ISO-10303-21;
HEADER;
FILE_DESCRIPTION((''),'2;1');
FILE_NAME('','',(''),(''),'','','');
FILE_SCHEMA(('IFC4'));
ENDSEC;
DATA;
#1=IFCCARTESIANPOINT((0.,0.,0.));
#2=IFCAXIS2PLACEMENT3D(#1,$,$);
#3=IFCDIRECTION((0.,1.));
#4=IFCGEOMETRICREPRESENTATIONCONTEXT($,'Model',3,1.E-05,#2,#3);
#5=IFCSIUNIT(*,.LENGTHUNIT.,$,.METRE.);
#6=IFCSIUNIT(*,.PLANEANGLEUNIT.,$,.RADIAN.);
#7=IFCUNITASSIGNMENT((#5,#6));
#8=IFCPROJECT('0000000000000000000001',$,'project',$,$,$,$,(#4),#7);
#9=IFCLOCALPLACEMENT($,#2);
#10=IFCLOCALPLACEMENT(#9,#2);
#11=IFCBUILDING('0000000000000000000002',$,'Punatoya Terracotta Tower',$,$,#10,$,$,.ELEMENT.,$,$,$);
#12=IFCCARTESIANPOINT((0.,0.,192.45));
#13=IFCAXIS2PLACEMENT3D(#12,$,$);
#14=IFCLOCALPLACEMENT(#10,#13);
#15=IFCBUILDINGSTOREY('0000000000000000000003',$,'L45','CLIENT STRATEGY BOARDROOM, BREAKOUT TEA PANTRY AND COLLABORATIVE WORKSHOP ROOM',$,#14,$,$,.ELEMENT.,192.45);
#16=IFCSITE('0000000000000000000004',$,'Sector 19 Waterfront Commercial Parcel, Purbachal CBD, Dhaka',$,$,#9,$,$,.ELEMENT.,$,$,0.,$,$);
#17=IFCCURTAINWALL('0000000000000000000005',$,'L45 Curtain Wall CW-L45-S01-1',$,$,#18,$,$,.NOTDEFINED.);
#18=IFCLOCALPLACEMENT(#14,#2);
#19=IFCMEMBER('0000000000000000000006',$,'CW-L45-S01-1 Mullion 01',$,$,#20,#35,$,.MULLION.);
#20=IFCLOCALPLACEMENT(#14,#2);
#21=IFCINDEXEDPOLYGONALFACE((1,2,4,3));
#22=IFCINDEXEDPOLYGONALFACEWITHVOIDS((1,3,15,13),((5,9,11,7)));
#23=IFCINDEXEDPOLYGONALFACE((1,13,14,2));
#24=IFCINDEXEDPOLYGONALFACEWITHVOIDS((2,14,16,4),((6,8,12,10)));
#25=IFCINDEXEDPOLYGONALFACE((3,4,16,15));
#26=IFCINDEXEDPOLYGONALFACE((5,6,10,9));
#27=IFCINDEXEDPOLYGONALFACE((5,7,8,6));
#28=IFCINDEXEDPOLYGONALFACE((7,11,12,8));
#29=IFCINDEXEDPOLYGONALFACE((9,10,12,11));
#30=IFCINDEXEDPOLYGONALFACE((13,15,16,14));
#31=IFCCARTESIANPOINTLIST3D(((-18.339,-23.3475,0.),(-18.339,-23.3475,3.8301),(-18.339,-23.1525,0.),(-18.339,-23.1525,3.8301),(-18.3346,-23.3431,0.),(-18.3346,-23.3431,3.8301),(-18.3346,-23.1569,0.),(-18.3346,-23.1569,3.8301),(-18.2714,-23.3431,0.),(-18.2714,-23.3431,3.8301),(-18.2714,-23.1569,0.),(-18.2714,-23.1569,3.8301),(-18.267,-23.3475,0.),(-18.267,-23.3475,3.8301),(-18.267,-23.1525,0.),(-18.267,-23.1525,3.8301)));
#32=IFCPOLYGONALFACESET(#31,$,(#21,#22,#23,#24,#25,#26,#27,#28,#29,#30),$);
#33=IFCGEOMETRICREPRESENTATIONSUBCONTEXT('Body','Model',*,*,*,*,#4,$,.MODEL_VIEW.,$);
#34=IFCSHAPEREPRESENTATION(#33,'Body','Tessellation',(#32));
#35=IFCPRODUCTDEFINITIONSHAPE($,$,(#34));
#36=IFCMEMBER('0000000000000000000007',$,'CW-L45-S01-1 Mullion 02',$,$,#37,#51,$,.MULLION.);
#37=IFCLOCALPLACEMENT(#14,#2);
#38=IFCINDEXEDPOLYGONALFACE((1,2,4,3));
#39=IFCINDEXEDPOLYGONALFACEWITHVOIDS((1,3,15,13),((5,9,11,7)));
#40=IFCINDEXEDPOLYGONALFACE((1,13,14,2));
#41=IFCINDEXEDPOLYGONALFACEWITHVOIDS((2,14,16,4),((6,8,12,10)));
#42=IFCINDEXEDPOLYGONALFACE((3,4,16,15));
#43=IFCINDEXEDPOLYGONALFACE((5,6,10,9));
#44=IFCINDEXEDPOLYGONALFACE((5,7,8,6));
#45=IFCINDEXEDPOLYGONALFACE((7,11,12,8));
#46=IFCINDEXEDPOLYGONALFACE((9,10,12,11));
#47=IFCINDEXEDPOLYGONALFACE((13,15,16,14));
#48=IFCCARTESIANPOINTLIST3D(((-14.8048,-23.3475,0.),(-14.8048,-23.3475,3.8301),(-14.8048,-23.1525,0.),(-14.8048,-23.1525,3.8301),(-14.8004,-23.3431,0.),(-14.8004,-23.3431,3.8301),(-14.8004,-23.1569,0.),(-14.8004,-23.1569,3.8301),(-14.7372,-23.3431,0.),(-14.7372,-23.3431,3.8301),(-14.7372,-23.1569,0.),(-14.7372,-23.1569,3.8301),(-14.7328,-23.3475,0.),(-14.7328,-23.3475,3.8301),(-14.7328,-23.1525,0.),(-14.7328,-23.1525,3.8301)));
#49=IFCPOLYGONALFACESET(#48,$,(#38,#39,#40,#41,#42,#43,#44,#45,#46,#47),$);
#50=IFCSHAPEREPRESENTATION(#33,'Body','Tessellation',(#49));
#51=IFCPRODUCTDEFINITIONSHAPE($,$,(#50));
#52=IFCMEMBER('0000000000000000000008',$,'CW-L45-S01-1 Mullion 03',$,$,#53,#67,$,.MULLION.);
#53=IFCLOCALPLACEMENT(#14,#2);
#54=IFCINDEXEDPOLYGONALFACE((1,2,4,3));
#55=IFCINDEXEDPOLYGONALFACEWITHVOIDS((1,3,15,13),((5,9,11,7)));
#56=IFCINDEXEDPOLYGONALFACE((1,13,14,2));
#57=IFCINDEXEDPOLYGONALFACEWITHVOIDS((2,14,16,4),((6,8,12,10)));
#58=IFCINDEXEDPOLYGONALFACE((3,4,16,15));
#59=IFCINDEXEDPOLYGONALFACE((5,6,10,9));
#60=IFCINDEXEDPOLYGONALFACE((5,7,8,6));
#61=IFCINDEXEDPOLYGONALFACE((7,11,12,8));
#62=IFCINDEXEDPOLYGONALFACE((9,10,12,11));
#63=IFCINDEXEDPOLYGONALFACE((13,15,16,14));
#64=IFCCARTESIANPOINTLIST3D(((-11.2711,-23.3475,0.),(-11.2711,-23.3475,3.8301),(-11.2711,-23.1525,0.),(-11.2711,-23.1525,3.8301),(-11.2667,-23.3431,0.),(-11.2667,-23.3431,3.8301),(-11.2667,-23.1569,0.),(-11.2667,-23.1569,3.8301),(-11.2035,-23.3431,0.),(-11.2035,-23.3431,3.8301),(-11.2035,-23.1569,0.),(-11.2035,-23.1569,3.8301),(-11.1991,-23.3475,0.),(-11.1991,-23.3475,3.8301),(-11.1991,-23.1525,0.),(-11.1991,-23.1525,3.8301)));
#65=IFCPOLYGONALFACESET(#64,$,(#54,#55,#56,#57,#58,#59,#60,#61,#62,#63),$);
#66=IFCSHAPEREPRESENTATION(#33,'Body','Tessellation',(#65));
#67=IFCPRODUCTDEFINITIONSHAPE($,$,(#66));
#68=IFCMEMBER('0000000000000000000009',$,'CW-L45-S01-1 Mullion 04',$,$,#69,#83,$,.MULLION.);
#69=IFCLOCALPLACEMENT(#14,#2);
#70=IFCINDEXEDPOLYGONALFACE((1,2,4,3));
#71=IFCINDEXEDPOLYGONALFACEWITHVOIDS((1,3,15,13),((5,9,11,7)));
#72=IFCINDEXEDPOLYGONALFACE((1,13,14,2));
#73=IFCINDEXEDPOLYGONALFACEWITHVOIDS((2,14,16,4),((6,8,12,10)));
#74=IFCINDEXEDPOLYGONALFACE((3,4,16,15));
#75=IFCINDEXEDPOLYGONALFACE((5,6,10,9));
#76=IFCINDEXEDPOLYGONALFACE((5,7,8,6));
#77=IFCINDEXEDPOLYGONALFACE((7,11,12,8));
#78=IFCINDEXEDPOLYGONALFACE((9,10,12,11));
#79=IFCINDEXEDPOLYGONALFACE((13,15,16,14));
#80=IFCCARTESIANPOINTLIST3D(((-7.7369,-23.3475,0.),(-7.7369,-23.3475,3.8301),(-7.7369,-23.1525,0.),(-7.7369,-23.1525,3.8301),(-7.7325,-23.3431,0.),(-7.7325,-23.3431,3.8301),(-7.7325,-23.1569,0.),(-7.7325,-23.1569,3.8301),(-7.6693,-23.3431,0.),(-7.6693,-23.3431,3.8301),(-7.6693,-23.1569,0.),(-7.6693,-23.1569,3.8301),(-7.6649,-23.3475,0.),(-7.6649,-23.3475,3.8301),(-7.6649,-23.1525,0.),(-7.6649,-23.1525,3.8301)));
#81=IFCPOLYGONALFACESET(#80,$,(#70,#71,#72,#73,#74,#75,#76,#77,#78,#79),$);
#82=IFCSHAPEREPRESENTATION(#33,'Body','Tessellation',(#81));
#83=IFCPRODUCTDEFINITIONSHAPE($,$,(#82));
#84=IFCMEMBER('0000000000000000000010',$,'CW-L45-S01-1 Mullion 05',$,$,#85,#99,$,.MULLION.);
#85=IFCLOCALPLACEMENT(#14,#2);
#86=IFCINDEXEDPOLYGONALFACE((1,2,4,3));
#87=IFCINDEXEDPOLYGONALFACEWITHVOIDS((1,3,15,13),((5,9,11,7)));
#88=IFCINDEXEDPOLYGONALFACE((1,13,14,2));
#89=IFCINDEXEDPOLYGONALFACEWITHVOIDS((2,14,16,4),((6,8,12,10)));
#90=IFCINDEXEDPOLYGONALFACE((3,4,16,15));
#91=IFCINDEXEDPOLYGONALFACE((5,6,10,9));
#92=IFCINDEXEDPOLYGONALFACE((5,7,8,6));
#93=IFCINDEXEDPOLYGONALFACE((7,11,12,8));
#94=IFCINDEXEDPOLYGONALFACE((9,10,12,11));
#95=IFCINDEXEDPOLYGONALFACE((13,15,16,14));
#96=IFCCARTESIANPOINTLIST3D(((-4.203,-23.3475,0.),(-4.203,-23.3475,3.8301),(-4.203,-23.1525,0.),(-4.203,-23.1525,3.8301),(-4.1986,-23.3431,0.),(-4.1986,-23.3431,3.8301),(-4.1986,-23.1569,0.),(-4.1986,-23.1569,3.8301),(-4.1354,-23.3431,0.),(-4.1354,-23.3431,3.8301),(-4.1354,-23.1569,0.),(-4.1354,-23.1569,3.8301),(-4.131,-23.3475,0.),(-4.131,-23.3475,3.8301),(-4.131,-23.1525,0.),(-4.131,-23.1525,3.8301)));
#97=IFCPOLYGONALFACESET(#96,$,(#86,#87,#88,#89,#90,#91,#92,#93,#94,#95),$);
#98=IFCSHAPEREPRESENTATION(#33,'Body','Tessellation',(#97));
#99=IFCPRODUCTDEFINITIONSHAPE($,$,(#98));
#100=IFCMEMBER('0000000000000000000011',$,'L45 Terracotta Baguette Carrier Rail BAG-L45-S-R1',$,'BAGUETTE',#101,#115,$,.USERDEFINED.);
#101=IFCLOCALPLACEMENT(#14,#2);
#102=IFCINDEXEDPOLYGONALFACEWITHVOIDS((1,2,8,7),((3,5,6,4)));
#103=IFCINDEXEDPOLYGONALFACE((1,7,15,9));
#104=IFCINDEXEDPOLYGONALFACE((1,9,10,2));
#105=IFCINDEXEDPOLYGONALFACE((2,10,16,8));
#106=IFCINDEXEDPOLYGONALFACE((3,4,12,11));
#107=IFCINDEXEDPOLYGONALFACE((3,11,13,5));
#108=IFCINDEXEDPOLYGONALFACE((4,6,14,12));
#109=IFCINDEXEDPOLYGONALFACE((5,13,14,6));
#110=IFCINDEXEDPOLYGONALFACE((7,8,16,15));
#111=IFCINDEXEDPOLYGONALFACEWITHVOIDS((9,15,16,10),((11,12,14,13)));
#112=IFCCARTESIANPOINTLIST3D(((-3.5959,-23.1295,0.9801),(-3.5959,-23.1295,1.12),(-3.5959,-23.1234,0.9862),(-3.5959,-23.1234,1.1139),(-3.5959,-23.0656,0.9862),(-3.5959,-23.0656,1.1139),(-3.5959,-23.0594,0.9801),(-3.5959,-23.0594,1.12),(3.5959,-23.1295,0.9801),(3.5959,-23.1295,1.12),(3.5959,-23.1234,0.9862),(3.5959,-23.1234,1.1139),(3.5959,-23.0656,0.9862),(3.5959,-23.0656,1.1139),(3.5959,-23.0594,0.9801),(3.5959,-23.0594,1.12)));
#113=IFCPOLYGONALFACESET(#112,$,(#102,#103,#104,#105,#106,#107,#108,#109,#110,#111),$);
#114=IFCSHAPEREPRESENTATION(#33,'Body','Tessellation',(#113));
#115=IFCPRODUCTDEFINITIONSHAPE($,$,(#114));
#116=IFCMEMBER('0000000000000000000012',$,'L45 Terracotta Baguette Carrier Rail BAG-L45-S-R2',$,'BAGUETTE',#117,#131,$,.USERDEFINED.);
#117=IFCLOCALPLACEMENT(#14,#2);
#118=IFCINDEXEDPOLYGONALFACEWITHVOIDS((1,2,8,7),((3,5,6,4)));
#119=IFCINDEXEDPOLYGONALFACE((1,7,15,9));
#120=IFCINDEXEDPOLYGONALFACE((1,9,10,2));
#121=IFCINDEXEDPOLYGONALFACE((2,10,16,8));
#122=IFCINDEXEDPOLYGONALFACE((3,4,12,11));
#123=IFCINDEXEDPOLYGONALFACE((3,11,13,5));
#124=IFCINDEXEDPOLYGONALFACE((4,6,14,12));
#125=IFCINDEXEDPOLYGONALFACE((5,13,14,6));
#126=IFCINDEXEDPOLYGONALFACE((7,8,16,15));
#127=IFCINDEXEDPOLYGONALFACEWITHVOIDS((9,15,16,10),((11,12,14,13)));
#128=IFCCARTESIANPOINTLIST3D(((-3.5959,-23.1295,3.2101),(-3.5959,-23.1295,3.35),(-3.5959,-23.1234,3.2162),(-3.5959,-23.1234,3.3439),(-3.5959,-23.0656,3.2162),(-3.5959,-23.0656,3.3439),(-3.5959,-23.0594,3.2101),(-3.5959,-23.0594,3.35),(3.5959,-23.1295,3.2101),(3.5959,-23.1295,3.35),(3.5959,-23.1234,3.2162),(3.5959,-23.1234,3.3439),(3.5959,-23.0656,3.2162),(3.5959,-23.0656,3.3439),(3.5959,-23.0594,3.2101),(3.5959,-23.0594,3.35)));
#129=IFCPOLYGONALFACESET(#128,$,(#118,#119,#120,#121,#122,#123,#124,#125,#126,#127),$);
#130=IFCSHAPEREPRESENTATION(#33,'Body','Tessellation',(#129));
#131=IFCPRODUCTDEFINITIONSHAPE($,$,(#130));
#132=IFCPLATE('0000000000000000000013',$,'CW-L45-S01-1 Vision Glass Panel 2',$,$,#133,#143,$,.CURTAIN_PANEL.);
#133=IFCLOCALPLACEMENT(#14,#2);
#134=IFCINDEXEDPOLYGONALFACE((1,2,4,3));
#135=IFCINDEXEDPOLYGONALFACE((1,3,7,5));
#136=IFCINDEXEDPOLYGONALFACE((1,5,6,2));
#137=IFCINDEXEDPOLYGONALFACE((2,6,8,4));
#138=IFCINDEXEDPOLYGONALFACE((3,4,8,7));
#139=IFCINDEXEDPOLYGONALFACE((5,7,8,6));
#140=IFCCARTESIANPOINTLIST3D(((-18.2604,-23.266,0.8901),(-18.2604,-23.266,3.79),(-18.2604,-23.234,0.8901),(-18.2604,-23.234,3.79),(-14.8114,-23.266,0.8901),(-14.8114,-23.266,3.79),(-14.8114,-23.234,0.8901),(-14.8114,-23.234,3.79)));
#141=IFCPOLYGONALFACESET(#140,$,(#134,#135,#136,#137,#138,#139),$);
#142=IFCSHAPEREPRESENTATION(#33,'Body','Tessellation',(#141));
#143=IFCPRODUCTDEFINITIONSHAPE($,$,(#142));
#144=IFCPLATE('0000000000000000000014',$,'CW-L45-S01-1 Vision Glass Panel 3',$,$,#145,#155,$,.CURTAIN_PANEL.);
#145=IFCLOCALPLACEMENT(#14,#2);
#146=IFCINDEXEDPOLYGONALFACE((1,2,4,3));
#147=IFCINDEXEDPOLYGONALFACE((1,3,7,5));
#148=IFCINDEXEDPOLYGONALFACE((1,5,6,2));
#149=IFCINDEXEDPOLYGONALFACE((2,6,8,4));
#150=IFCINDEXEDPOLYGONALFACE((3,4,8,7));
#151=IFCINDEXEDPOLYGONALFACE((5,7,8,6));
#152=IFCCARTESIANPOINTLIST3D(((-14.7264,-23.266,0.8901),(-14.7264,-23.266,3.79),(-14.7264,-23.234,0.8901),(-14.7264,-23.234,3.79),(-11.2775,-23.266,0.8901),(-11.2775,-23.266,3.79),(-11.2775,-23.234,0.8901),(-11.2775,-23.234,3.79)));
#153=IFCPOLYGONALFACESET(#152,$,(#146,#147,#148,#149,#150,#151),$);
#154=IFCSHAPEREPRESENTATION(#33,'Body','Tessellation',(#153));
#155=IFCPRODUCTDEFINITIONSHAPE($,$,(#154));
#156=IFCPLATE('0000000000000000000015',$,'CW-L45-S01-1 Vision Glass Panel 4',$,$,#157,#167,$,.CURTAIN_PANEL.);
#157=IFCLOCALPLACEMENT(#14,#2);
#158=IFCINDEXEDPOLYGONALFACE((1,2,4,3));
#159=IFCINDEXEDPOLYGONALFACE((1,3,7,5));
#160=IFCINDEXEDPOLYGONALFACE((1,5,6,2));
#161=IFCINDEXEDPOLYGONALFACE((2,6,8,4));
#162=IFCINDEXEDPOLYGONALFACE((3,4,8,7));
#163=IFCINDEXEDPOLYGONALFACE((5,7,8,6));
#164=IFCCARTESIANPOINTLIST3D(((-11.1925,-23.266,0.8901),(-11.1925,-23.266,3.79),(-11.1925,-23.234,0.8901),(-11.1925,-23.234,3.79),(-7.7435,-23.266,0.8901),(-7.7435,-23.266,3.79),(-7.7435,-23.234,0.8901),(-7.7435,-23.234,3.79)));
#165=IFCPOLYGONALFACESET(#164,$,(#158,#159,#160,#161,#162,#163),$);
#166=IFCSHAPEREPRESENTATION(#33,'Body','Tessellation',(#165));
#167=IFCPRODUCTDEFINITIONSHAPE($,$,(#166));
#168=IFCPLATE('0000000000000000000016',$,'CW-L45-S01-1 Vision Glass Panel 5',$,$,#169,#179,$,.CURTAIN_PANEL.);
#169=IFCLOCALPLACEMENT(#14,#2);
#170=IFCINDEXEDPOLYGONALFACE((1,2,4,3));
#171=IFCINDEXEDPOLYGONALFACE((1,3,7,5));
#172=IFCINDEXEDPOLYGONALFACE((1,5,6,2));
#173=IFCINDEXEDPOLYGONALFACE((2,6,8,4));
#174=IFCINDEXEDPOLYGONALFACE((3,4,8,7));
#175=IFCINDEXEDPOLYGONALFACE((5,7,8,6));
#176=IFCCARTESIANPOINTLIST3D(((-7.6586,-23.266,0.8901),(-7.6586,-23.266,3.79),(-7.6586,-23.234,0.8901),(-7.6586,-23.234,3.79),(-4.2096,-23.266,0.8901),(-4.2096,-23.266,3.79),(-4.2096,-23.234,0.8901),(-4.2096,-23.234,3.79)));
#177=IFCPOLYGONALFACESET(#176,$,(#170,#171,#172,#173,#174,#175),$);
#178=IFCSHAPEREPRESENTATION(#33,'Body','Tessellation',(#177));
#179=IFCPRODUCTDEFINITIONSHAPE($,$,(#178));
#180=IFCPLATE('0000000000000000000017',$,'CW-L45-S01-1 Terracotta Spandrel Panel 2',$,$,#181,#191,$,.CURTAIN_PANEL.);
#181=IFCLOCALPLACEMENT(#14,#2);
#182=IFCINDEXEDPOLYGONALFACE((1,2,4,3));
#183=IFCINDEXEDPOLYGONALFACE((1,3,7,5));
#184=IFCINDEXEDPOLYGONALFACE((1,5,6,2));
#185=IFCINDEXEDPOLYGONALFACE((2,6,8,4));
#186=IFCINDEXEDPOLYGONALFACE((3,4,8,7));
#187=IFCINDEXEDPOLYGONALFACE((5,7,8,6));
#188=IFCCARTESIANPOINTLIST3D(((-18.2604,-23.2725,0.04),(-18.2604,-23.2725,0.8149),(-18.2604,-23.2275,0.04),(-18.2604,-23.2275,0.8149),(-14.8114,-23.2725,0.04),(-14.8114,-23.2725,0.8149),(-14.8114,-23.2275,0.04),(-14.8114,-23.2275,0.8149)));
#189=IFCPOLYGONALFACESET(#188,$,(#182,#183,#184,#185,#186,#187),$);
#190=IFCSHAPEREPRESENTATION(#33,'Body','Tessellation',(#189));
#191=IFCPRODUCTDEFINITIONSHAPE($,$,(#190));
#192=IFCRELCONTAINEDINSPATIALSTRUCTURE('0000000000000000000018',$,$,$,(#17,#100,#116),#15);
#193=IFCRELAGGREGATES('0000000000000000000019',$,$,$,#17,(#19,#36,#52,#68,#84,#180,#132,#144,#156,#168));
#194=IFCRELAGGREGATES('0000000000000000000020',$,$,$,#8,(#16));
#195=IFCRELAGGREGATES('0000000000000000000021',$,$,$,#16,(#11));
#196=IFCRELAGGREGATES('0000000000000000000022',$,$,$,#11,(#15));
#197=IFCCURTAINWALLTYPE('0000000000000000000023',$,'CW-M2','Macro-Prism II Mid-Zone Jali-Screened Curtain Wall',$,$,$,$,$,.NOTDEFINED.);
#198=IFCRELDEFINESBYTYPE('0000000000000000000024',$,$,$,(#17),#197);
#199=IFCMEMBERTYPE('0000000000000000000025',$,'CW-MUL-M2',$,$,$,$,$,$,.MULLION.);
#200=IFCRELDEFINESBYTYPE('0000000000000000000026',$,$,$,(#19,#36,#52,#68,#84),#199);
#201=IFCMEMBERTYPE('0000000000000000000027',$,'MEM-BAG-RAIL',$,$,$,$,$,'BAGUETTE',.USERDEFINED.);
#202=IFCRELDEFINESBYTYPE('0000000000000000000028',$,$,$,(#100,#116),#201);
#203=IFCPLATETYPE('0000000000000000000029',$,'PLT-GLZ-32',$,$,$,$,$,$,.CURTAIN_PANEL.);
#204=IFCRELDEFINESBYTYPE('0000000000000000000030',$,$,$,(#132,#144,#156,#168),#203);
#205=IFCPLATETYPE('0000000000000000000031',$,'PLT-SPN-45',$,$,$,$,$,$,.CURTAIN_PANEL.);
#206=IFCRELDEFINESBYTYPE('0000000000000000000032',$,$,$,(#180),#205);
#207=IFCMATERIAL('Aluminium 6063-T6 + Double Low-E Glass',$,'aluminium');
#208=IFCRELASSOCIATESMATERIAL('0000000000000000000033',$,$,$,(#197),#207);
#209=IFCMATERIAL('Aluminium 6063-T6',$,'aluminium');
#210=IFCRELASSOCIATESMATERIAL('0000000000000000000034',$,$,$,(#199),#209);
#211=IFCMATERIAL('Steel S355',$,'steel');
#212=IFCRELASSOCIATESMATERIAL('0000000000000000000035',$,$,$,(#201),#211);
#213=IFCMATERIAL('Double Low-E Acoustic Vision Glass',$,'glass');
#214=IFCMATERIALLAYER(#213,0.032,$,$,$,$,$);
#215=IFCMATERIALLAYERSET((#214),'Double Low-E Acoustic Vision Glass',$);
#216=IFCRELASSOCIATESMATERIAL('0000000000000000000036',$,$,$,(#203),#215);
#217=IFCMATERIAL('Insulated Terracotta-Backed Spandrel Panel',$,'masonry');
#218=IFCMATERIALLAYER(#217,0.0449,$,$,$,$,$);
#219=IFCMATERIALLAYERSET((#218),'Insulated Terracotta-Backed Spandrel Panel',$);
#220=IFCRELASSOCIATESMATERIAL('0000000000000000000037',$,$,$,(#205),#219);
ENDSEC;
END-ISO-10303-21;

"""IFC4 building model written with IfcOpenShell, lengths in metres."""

from ifc_helpers import new_model, si_unit, direction, frame, origin, origin_2d, place, context, subcontext, project, spatial, rectangle, hollow_rectangle, extrude, material, layer, layer_set, material_profile, profile_set, type_object, element, aggregate, save


model = new_model("IFC4")

# Units and contexts
model_context = context("Model", 3, precision=1e-05, world=origin(), true_north=direction((0.0, 1.0)))
body_context = subcontext(model_context, "Body", "Model", "MODEL_VIEW")
ifc_project = project(units=[si_unit("LENGTHUNIT", "METRE"), si_unit("PLANEANGLEUNIT", "RADIAN")], contexts=[model_context])

# Site, building, storey
site_placement = place(None, origin())
site = spatial("IfcSite", under=ifc_project, at=site_placement, Name="Sector 19 Waterfront Commercial Parcel, Purbachal CBD, Dhaka", CompositionType="ELEMENT", RefElevation=0.0)
building_placement = place(site_placement, origin())
building = spatial("IfcBuilding", under=site, at=building_placement, Name="Punatoya Terracotta Tower", CompositionType="ELEMENT")
storey_placement = place(building_placement, frame((0.0, 0.0, 192.45)))
storey = spatial("IfcBuildingStorey", under=building, at=storey_placement, Name="L45", Description="CLIENT STRATEGY BOARDROOM, BREAKOUT TEA PANTRY AND COLLABORATIVE WORKSHOP ROOM", CompositionType="ELEMENT", Elevation=192.45)

# Curtain wall, members
ifc_material_1 = material(Name="Aluminium 6063-T6 + Double Low-E Glass", Category="aluminium")
curtain_wall_type = type_object("IfcCurtainWallType", Name="CW-M2", Description="Macro-Prism II Mid-Zone Jali-Screened Curtain Wall", PredefinedType="NOTDEFINED", material=ifc_material_1)
curtain_wall_placement = place(storey_placement, origin())
curtain_wall = element("IfcCurtainWall", 1, at=curtain_wall_placement, inside=storey, type_object=curtain_wall_type, Name="L45 Curtain Wall CW-L45-S01-1", PredefinedType="NOTDEFINED")
ifc_material_2 = material(Name="Aluminium 6063-T6", Category="aluminium")
ifc_material_profile_1 = material_profile(ifc_material_2, hollow_rectangle(XDim=0.072, YDim=0.1951, WallThickness=0.0044, at=origin_2d()))
ifc_profile_set_1 = profile_set([ifc_material_profile_1], Name="Aluminium 6063-T6")
member_type_1 = type_object("IfcMemberType", Name="CW-MUL-M2", PredefinedType="MULLION", material=ifc_profile_set_1)
member_1_placement = place(storey_placement, frame((-18.303, -23.25, 0.0), z_axis=(0.0, 0.0, 1.0), x_axis=(1.0, 0.0, 0.0)))
member_1 = element("IfcMember", 2, at=member_1_placement, type_object=member_type_1, Name="CW-L45-S01-1 Mullion 01", PredefinedType="MULLION", context=body_context, shape_type="SweptSolid", body=[
    extrude(hollow_rectangle(XDim=0.072, YDim=0.1951, WallThickness=0.0044, at=origin_2d()), origin(), (0.0, 0.0, 1.0), 3.8301),
])
member_2_placement = place(storey_placement, frame((-14.7688, -23.25, 0.0), z_axis=(0.0, 0.0, 1.0), x_axis=(1.0, 0.0, 0.0)))
member_2 = element("IfcMember", 3, at=member_2_placement, type_object=member_type_1, Name="CW-L45-S01-1 Mullion 02", PredefinedType="MULLION", context=body_context, shape_type="SweptSolid", body=[
    extrude(hollow_rectangle(XDim=0.072, YDim=0.1951, WallThickness=0.0044, at=origin_2d()), origin(), (0.0, 0.0, 1.0), 3.8301),
])
member_3_placement = place(storey_placement, frame((-11.2351, -23.25, 0.0), z_axis=(0.0, 0.0, 1.0), x_axis=(1.0, 0.0, 0.0)))
member_3 = element("IfcMember", 4, at=member_3_placement, type_object=member_type_1, Name="CW-L45-S01-1 Mullion 03", PredefinedType="MULLION", context=body_context, shape_type="SweptSolid", body=[
    extrude(hollow_rectangle(XDim=0.072, YDim=0.1951, WallThickness=0.0044, at=origin_2d()), origin(), (0.0, 0.0, 1.0), 3.8301),
])
member_4_placement = place(storey_placement, frame((-7.7009, -23.25, 0.0), z_axis=(0.0, 0.0, 1.0), x_axis=(1.0, 0.0, 0.0)))
member_4 = element("IfcMember", 5, at=member_4_placement, type_object=member_type_1, Name="CW-L45-S01-1 Mullion 04", PredefinedType="MULLION", context=body_context, shape_type="SweptSolid", body=[
    extrude(hollow_rectangle(XDim=0.072, YDim=0.1951, WallThickness=0.0044, at=origin_2d()), origin(), (0.0, 0.0, 1.0), 3.8301),
])
member_5_placement = place(storey_placement, frame((-4.167, -23.25, 0.0), z_axis=(0.0, 0.0, 1.0), x_axis=(1.0, 0.0, 0.0)))
member_5 = element("IfcMember", 6, at=member_5_placement, type_object=member_type_1, Name="CW-L45-S01-1 Mullion 05", PredefinedType="MULLION", context=body_context, shape_type="SweptSolid", body=[
    extrude(hollow_rectangle(XDim=0.072, YDim=0.1951, WallThickness=0.0044, at=origin_2d()), origin(), (0.0, 0.0, 1.0), 3.8301),
])

# Members
ifc_material_3 = material(Name="Steel S355", Category="steel")
ifc_material_profile_2 = material_profile(ifc_material_3, hollow_rectangle(XDim=0.0701, YDim=0.1399, WallThickness=0.0061, at=origin_2d()))
ifc_profile_set_2 = profile_set([ifc_material_profile_2], Name="Steel S355")
member_type_2 = type_object("IfcMemberType", Name="MEM-BAG-RAIL", ElementType="BAGUETTE", PredefinedType="USERDEFINED", material=ifc_profile_set_2)
for number, where, z_axis, x_axis, name in (
    (7, (-3.5959, -23.0945, 1.05), (1.0, 0.0, 0.0), (0.0, 1.0, 0.0), "L45 Terracotta Baguette Carrier Rail BAG-L45-S-R1"),
    (8, (-3.5959, -23.0945, 3.28), (1.0, 0.0, 0.0), (0.0, 1.0, 0.0), "L45 Terracotta Baguette Carrier Rail BAG-L45-S-R2"),
):
    element("IfcMember", number, at=place(storey_placement, frame(where, z_axis=z_axis, x_axis=x_axis)), inside=storey, type_object=member_type_2, Name=name, ObjectType="BAGUETTE", PredefinedType="USERDEFINED", context=body_context, shape_type="SweptSolid", body=[
        extrude(hollow_rectangle(XDim=0.0701, YDim=0.1399, WallThickness=0.0061, at=origin_2d()), origin(), (0.0, 0.0, 1.0), 7.1919),
    ])

# Plates
ifc_material_4 = material(Name="Double Low-E Acoustic Vision Glass", Category="glass")
ifc_layer_1 = layer(ifc_material_4, 0.032)
ifc_layer_set_1 = layer_set([ifc_layer_1], Name="Double Low-E Acoustic Vision Glass")
plate_type_1 = type_object("IfcPlateType", Name="PLT-GLZ-32", PredefinedType="CURTAIN_PANEL", material=ifc_layer_set_1)
plate_1_placement = place(storey_placement, frame((-16.5359, -23.25, 0.8901), z_axis=(0.0, 0.0, 1.0), x_axis=(1.0, 0.0, 0.0)))
plate_1 = element("IfcPlate", 9, at=plate_1_placement, type_object=plate_type_1, Name="CW-L45-S01-1 Vision Glass Panel 2", PredefinedType="CURTAIN_PANEL", context=body_context, shape_type="SweptSolid", body=[
    extrude(rectangle(XDim=3.449, YDim=0.032, at=origin_2d()), origin(), (0.0, 0.0, 1.0), 2.8999),
])
plate_2_placement = place(storey_placement, frame((-13.002, -23.25, 0.8901), z_axis=(0.0, 0.0, 1.0), x_axis=(1.0, 0.0, 0.0)))
plate_2 = element("IfcPlate", 10, at=plate_2_placement, type_object=plate_type_1, Name="CW-L45-S01-1 Vision Glass Panel 3", PredefinedType="CURTAIN_PANEL", context=body_context, shape_type="SweptSolid", body=[
    extrude(rectangle(XDim=3.449, YDim=0.032, at=origin_2d()), origin(), (0.0, 0.0, 1.0), 2.8999),
])
plate_3_placement = place(storey_placement, frame((-9.468, -23.25, 0.8901), z_axis=(0.0, 0.0, 1.0), x_axis=(1.0, 0.0, 0.0)))
plate_3 = element("IfcPlate", 11, at=plate_3_placement, type_object=plate_type_1, Name="CW-L45-S01-1 Vision Glass Panel 4", PredefinedType="CURTAIN_PANEL", context=body_context, shape_type="SweptSolid", body=[
    extrude(rectangle(XDim=3.449, YDim=0.032, at=origin_2d()), origin(), (0.0, 0.0, 1.0), 2.8999),
])
plate_4_placement = place(storey_placement, frame((-5.9341, -23.25, 0.8901), z_axis=(0.0, 0.0, 1.0), x_axis=(1.0, 0.0, 0.0)))
plate_4 = element("IfcPlate", 12, at=plate_4_placement, type_object=plate_type_1, Name="CW-L45-S01-1 Vision Glass Panel 5", PredefinedType="CURTAIN_PANEL", context=body_context, shape_type="SweptSolid", body=[
    extrude(rectangle(XDim=3.449, YDim=0.032, at=origin_2d()), origin(), (0.0, 0.0, 1.0), 2.8999),
])
ifc_material_5 = material(Name="Insulated Terracotta-Backed Spandrel Panel", Category="masonry")
ifc_layer_2 = layer(ifc_material_5, 0.0449)
ifc_layer_set_2 = layer_set([ifc_layer_2], Name="Insulated Terracotta-Backed Spandrel Panel")
plate_type_2 = type_object("IfcPlateType", Name="PLT-SPN-45", PredefinedType="CURTAIN_PANEL", material=ifc_layer_set_2)
plate_5_placement = place(storey_placement, frame((-16.5359, -23.25, 0.04), z_axis=(0.0, 0.0, 1.0), x_axis=(1.0, 0.0, 0.0)))
plate_5 = element("IfcPlate", 13, at=plate_5_placement, type_object=plate_type_2, Name="CW-L45-S01-1 Terracotta Spandrel Panel 2", PredefinedType="CURTAIN_PANEL", context=body_context, shape_type="SweptSolid", body=[
    extrude(rectangle(XDim=3.449, YDim=0.0449, at=origin_2d()), origin(), (0.0, 0.0, 1.0), 0.7749),
])
aggregate(curtain_wall, [member_1, member_2, member_3, member_4, member_5, plate_5, plate_1, plate_2, plate_3, plate_4])

save(model, "model.ifc")
